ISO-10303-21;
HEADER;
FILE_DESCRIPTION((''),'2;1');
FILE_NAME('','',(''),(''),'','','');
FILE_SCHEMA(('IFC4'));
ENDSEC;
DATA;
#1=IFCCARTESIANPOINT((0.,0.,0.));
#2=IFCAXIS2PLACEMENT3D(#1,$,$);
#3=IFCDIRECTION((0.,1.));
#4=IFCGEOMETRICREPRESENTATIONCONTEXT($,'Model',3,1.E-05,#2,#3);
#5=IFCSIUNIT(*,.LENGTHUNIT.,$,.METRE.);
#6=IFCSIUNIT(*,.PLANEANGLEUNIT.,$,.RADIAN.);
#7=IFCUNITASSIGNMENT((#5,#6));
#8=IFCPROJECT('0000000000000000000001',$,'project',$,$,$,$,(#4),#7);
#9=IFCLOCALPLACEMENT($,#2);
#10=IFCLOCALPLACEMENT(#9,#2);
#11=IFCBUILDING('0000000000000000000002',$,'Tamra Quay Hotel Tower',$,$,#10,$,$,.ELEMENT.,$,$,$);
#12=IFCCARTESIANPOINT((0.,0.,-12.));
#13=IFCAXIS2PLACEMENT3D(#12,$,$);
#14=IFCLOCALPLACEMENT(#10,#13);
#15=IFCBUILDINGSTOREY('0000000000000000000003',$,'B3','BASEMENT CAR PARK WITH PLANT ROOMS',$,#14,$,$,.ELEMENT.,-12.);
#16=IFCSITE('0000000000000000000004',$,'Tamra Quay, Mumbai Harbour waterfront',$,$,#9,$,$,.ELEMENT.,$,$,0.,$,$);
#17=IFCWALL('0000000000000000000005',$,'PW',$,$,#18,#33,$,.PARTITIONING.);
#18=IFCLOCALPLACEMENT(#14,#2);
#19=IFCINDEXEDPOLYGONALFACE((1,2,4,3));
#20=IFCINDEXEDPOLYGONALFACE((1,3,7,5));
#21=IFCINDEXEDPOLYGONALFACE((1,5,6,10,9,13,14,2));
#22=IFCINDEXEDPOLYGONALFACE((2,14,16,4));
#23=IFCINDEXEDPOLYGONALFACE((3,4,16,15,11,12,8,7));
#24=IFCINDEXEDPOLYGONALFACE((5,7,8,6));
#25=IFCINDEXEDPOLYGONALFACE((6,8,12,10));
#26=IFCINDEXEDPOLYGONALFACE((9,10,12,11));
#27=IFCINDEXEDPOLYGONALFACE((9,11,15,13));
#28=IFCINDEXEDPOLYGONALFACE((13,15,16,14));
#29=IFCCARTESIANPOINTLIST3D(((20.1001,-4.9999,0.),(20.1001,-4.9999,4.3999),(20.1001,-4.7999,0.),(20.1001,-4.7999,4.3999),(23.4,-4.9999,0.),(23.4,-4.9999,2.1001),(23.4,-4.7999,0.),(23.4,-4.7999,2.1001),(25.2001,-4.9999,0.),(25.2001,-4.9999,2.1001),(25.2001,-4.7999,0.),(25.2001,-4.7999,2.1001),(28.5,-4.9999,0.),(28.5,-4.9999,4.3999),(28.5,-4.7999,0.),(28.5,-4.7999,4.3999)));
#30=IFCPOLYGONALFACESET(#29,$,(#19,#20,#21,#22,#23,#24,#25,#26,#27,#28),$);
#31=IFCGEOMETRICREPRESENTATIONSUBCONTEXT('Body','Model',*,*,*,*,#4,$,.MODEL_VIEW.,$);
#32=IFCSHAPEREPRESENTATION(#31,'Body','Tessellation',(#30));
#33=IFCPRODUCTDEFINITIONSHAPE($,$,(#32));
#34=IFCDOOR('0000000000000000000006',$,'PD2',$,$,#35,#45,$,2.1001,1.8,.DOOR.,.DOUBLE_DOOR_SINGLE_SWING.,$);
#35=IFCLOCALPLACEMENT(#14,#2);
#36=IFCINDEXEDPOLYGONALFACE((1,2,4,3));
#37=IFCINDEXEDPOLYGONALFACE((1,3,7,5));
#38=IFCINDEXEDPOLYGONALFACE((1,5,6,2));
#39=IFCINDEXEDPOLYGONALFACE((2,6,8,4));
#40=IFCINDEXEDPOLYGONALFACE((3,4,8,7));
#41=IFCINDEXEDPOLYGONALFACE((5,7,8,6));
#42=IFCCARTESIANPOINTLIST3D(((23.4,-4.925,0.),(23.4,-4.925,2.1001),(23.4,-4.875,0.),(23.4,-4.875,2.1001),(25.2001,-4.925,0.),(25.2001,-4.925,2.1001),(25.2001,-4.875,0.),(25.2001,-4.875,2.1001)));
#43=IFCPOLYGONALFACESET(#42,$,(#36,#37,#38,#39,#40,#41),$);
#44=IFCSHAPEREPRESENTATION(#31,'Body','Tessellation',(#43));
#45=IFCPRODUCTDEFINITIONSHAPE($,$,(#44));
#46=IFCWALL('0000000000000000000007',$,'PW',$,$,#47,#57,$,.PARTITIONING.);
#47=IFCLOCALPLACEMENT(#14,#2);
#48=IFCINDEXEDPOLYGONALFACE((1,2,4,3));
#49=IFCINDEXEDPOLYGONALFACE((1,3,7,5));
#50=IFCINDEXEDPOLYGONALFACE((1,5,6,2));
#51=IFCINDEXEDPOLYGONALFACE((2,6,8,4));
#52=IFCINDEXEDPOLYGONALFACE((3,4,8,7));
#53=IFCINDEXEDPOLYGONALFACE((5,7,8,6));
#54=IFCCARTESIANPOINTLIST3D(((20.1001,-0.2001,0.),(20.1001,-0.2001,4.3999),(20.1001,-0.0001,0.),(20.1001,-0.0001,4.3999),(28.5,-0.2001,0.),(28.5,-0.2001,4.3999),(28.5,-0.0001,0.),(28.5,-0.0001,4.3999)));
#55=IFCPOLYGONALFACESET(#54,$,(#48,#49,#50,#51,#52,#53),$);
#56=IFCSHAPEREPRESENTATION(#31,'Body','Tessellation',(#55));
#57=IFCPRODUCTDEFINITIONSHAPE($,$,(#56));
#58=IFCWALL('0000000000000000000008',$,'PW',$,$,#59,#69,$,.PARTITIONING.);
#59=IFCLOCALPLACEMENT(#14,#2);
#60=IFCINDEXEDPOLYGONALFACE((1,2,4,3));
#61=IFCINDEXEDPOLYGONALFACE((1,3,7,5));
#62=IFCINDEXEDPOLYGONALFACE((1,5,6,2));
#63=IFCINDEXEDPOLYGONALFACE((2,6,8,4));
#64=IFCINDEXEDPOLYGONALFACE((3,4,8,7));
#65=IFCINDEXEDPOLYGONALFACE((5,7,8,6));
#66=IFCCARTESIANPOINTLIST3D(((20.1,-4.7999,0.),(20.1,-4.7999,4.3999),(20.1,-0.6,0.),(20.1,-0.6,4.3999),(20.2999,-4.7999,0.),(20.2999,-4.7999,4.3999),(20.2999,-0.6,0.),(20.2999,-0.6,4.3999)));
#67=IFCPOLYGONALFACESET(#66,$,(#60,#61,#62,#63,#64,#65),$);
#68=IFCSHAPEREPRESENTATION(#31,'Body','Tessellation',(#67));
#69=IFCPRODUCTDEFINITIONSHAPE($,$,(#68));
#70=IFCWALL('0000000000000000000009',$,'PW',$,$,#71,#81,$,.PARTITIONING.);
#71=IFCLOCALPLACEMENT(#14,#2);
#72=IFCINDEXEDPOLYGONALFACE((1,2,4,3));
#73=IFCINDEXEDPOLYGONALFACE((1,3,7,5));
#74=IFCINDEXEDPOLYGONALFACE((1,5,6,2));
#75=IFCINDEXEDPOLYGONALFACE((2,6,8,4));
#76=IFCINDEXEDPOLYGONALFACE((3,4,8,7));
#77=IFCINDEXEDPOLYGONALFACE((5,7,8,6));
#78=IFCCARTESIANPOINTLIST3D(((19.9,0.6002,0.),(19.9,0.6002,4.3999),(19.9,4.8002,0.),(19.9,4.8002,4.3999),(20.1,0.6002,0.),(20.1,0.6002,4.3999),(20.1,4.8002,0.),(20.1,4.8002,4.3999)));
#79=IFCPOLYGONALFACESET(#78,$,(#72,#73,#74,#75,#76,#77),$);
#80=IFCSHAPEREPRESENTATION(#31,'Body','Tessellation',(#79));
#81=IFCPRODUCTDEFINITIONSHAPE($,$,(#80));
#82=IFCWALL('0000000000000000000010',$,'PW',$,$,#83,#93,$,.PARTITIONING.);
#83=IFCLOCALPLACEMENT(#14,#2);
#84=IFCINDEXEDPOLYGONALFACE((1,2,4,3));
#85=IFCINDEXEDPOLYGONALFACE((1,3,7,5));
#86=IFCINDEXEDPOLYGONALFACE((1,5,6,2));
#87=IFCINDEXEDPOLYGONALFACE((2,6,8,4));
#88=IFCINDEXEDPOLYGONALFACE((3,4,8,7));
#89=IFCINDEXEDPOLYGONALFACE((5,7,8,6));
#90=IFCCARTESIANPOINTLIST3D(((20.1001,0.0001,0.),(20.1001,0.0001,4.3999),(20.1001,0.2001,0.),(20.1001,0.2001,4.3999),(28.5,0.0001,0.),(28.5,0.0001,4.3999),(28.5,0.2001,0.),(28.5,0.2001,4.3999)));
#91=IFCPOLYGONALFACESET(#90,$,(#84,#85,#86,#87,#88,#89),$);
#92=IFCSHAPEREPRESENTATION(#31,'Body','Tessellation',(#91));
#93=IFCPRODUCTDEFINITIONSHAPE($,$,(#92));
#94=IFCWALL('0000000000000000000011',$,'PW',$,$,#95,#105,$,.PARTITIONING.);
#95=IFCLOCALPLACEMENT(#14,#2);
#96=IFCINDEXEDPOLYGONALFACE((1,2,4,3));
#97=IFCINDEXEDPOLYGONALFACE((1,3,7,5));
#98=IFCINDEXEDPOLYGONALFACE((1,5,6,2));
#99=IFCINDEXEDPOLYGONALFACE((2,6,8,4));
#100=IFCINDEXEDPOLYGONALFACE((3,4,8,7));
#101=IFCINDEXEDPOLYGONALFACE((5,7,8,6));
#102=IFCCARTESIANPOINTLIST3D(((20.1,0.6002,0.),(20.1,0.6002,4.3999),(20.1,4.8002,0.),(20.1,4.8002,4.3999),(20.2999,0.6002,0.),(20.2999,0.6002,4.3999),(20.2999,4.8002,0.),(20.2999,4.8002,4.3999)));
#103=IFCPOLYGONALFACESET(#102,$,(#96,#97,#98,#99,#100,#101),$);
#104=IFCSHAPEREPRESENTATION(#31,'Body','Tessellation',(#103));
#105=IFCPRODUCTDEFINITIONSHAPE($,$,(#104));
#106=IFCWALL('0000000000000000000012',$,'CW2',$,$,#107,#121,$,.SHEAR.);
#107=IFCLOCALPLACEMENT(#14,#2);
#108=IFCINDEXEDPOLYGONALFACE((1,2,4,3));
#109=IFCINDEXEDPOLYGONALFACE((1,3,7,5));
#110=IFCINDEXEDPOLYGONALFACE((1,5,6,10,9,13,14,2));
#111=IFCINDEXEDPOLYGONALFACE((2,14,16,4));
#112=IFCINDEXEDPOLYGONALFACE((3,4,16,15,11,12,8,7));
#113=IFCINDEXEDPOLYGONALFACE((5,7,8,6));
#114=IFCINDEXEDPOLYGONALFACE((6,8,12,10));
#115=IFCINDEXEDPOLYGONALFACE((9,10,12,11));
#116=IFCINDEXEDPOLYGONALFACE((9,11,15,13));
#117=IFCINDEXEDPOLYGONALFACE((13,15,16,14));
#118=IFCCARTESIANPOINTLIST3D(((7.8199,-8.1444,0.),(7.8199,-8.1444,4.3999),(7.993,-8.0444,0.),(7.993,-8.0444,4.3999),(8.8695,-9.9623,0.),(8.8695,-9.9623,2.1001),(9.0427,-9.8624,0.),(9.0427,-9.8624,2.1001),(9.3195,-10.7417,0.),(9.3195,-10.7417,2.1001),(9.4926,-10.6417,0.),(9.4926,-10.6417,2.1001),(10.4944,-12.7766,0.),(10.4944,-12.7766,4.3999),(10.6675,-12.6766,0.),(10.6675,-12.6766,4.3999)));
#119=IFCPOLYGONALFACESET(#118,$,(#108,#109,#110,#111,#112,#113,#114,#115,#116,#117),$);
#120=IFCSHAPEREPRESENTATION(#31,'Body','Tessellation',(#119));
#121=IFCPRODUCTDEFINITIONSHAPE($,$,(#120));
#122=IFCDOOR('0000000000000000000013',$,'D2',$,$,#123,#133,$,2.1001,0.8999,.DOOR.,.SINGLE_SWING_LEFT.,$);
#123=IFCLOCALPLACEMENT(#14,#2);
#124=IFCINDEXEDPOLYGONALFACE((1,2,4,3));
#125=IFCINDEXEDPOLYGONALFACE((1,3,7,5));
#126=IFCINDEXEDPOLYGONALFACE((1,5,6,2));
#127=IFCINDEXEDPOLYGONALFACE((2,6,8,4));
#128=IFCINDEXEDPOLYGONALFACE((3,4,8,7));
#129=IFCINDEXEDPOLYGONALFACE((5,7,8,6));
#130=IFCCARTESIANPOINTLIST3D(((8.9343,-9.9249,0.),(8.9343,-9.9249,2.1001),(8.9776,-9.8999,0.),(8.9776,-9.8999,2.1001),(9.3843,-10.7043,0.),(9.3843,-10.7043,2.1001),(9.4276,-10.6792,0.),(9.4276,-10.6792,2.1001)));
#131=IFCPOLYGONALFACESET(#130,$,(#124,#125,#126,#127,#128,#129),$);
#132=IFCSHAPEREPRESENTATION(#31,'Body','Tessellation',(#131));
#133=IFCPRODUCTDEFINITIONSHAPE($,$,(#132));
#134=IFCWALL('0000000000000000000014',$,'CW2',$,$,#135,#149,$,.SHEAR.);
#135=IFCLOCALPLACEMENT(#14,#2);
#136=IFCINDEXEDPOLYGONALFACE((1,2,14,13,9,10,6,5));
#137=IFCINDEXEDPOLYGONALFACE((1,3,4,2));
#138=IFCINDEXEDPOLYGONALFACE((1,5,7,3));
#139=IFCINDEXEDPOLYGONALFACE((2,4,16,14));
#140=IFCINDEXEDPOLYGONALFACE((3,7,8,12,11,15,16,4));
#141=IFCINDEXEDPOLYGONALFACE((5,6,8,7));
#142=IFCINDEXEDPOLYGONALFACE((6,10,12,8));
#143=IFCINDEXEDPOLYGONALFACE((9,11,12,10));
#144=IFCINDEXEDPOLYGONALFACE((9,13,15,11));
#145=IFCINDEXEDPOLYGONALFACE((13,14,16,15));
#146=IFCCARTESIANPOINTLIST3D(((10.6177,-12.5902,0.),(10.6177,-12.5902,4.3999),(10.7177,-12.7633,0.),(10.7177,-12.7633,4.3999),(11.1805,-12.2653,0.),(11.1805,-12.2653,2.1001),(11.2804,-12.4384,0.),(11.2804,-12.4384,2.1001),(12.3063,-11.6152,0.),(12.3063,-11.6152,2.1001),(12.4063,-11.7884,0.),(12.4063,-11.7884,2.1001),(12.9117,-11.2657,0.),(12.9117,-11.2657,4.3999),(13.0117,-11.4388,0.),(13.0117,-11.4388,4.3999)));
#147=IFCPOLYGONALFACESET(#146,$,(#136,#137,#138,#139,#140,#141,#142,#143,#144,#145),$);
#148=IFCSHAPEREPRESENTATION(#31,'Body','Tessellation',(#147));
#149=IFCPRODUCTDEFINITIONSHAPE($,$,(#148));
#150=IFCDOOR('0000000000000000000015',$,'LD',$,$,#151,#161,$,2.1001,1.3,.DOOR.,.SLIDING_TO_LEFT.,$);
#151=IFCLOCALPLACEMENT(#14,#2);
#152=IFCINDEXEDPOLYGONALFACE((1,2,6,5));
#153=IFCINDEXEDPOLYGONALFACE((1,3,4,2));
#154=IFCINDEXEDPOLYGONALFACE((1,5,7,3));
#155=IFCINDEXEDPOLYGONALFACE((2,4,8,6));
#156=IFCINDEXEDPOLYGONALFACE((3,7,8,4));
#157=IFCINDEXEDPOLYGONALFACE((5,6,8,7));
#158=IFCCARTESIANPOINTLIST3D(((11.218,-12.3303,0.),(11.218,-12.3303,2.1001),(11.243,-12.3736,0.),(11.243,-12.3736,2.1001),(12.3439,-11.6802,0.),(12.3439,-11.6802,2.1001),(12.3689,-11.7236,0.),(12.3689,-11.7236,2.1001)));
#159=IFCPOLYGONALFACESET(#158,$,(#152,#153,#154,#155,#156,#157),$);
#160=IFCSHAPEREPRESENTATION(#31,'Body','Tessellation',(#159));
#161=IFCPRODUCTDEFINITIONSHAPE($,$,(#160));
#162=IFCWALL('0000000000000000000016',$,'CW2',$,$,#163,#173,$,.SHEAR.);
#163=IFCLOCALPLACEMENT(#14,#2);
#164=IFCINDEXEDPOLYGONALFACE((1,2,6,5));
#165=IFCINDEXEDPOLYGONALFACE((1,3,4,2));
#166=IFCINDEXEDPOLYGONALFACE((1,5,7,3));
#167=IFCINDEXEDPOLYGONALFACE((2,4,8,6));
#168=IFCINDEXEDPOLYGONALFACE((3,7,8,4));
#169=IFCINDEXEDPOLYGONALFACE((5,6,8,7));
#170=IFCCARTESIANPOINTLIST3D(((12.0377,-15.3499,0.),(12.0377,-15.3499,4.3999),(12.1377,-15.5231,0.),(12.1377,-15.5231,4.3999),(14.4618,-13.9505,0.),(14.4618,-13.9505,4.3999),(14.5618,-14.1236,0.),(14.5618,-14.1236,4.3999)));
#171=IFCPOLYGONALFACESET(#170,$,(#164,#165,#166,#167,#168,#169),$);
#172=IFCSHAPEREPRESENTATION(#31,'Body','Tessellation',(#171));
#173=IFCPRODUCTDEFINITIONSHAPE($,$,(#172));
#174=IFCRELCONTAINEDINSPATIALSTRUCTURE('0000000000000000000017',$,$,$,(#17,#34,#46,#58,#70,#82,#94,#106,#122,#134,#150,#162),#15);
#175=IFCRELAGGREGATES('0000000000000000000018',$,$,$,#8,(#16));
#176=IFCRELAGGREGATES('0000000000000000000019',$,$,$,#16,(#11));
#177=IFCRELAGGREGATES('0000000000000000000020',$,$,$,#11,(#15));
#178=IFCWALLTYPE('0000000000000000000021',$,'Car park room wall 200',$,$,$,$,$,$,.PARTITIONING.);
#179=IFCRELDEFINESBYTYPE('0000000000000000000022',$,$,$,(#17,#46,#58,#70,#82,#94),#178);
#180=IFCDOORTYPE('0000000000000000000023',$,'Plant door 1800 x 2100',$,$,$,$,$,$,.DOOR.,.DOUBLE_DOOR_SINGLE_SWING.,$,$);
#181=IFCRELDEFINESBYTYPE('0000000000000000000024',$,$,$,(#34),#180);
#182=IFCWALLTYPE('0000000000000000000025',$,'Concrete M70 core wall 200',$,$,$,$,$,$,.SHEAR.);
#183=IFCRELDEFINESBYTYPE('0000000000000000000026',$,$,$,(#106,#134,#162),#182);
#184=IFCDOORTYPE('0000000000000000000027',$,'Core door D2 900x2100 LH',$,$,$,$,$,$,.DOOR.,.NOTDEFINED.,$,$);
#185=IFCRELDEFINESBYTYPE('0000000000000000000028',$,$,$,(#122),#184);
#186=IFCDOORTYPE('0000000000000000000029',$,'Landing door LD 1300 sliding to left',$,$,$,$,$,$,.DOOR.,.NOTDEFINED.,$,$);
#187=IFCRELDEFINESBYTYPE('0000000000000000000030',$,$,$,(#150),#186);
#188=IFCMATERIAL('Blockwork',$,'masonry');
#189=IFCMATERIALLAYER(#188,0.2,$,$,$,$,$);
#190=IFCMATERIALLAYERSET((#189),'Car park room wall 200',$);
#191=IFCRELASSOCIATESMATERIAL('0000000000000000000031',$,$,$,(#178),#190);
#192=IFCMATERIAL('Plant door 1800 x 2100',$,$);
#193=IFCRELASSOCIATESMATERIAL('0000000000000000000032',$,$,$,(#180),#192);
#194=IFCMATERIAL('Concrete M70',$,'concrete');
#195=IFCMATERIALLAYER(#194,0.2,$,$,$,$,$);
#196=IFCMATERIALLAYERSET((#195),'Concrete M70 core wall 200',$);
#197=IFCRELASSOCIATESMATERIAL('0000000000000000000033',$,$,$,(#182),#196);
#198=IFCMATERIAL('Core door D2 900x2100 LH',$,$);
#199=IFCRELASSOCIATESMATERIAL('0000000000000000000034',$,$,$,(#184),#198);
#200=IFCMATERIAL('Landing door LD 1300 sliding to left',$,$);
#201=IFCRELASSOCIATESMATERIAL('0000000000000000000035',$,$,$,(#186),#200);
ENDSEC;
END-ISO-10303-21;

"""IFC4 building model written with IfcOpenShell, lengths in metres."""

from ifc_helpers import new_model, si_unit, direction, frame, frame_2d, origin, place, context, subcontext, project, spatial, rectangle, extrude, material, layer, layer_set, type_object, element, fill, save


model = new_model("IFC4")

# Units and contexts
model_context = context("Model", 3, precision=1e-05, world=origin(), true_north=direction((0.0, 1.0)))
body_context = subcontext(model_context, "Body", "Model", "MODEL_VIEW")
ifc_project = project(units=[si_unit("LENGTHUNIT", "METRE"), si_unit("PLANEANGLEUNIT", "RADIAN")], contexts=[model_context])

# Site, building, storey
site_placement = place(None, origin())
site = spatial("IfcSite", under=ifc_project, at=site_placement, Name="Tamra Quay, Mumbai Harbour waterfront", CompositionType="ELEMENT", RefElevation=0.0)
building_placement = place(site_placement, origin())
building = spatial("IfcBuilding", under=site, at=building_placement, Name="Tamra Quay Hotel Tower", CompositionType="ELEMENT")
storey_placement = place(building_placement, frame((0.0, 0.0, -12.0)))
storey = spatial("IfcBuildingStorey", under=building, at=storey_placement, Name="B3", Description="BASEMENT CAR PARK WITH PLANT ROOMS", CompositionType="ELEMENT", Elevation=-12.0)

# Shared definitions
ifc_material_1 = material(Name="Concrete M70", Category="concrete")

# Shared definitions
ifc_material_2 = material(Name="Blockwork", Category="masonry")
ifc_layer_1 = layer(ifc_material_2, 0.2)
ifc_layer_set_1 = layer_set([ifc_layer_1], Name="Car park room wall 200")
wall_type_1 = type_object("IfcWallType", Name="Car park room wall 200", PredefinedType="PARTITIONING", material=ifc_layer_set_1)

# Wall, opening, door
wall_1_placement = place(storey_placement, frame((20.1001, -4.8999, 0.0), z_axis=(0.0, 0.0, 1.0), x_axis=(1.0, 0.0, 0.0)))
wall_1 = element("IfcWall", 1, at=wall_1_placement, inside=storey, type_object=wall_type_1, Name="PW", PredefinedType="PARTITIONING", context=body_context, shape_type="SweptSolid", body=[
    extrude(rectangle(XDim=8.3999, YDim=0.2, at=frame_2d((4.2, 0.0))), origin(), (0.0, 0.0, 1.0), 4.3999),
])
opening_1_placement = place(wall_1_placement, frame((3.3, 0.0, 0.0)))
opening_1 = element("IfcOpeningElement", 2, at=opening_1_placement, cuts=wall_1, PredefinedType="OPENING", context=body_context, shape_type="SweptSolid", body=[
    extrude(rectangle(XDim=1.8, YDim=2.1001, at=frame_2d((0.8999, 1.05))), frame((0.0, 0.1099, 0.0), z_axis=(0.0, -1.0, 0.0), x_axis=(1.0, 0.0, 0.0)), (0.0, 0.0, 1.0), 0.22),
])
ifc_material_3 = material(Name="Plant door 1800 x 2100")
door_type_1 = type_object("IfcDoorType", Name="Plant door 1800 x 2100", OperationType="DOUBLE_DOOR_SINGLE_SWING", PredefinedType="DOOR", material=ifc_material_3)
door_1_placement = place(opening_1_placement, origin())
door_1 = element("IfcDoor", 3, at=door_1_placement, inside=storey, type_object=door_type_1, Name="PD2", OperationType="DOUBLE_DOOR_SINGLE_SWING", OverallHeight=2.1001, OverallWidth=1.8, PredefinedType="DOOR", context=body_context, shape_type="SweptSolid", body=[
    extrude(rectangle(XDim=1.8, YDim=2.1001, at=frame_2d((0.8999, 1.05))), frame((0.0, 0.0249, 0.0), z_axis=(0.0, -1.0, 0.0), x_axis=(1.0, 0.0, 0.0)), (0.0, 0.0, 1.0), 0.05),
])
fill(opening_1, door_1)

# Walls
wall_2_placement = place(storey_placement, frame((20.1001, -0.1001, 0.0), z_axis=(0.0, 0.0, 1.0), x_axis=(1.0, 0.0, 0.0)))
element("IfcWall", 4, at=wall_2_placement, inside=storey, type_object=wall_type_1, Name="PW", PredefinedType="PARTITIONING", context=body_context, shape_type="SweptSolid", body=[
    extrude(rectangle(XDim=8.3999, YDim=0.2, at=frame_2d((4.2, 0.0))), origin(), (0.0, 0.0, 1.0), 4.3999),
])
for number, where, z_axis, x_axis, name in (
    (5, (20.2, -4.8, 0.0), (0.0, 0.0, 1.0), (0.0, 1.0, 0.0), "PW"),
    (6, (20.0, 0.6001, 0.0), (0.0, 0.0, 1.0), (0.0, 1.0, 0.0), "PW"),
):
    element("IfcWall", number, at=place(storey_placement, frame(where, z_axis=z_axis, x_axis=x_axis)), inside=storey, type_object=wall_type_1, Name=name, PredefinedType="PARTITIONING", context=body_context, shape_type="SweptSolid", body=[
        extrude(rectangle(XDim=4.2, YDim=0.2, at=frame_2d((2.1001, 0.0))), origin(), (0.0, 0.0, 1.0), 4.3999),
    ])
wall_3_placement = place(storey_placement, frame((20.1001, 0.1001, 0.0), z_axis=(0.0, 0.0, 1.0), x_axis=(1.0, 0.0, 0.0)))
element("IfcWall", 7, at=wall_3_placement, inside=storey, type_object=wall_type_1, Name="PW", PredefinedType="PARTITIONING", context=body_context, shape_type="SweptSolid", body=[
    extrude(rectangle(XDim=8.3999, YDim=0.2, at=frame_2d((4.2, 0.0))), origin(), (0.0, 0.0, 1.0), 4.3999),
])
wall_4_placement = place(storey_placement, frame((20.2, 0.6001, 0.0), z_axis=(0.0, 0.0, 1.0), x_axis=(0.0, 1.0, 0.0)))
element("IfcWall", 8, at=wall_4_placement, inside=storey, type_object=wall_type_1, Name="PW", PredefinedType="PARTITIONING", context=body_context, shape_type="SweptSolid", body=[
    extrude(rectangle(XDim=4.2, YDim=0.2, at=frame_2d((2.1001, 0.0))), origin(), (0.0, 0.0, 1.0), 4.3999),
])

# Walls, openings, doors
ifc_layer_2 = layer(ifc_material_1, 0.2)
ifc_layer_set_2 = layer_set([ifc_layer_2], Name="Concrete M70 core wall 200")
wall_type_2 = type_object("IfcWallType", Name="Concrete M70 core wall 200", PredefinedType="SHEAR", material=ifc_layer_set_2)
wall_5_placement = place(storey_placement, frame((7.9065, -8.0945, 0.0), z_axis=(0.0, 0.0, 1.0), x_axis=(0.500012, -0.866018, 0.0)))
wall_5 = element("IfcWall", 9, at=wall_5_placement, inside=storey, type_object=wall_type_2, Name="CW2", PredefinedType="SHEAR", context=body_context, shape_type="SweptSolid", body=[
    extrude(rectangle(XDim=5.3489, YDim=0.2, at=frame_2d((2.6743, 0.0))), origin(), (0.0, 0.0, 1.0), 4.3999),
])
opening_2_placement = place(wall_5_placement, frame((2.0991, 0.0, 0.0)))
opening_2 = element("IfcOpeningElement", 10, at=opening_2_placement, cuts=wall_5, PredefinedType="OPENING", context=body_context, shape_type="SweptSolid", body=[
    extrude(rectangle(XDim=0.8999, YDim=2.1001, at=frame_2d((0.45, 1.05))), frame((0.0, 0.1099, 0.0), z_axis=(0.0, -1.0, 0.0), x_axis=(1.0, 0.0, 0.0)), (0.0, 0.0, 1.0), 0.22),
])
ifc_material_4 = material(Name="Core door D2 900x2100 LH")
door_type_2 = type_object("IfcDoorType", Name="Core door D2 900x2100 LH", OperationType="NOTDEFINED", PredefinedType="DOOR", material=ifc_material_4)
door_2_placement = place(opening_2_placement, origin())
door_2 = element("IfcDoor", 11, at=door_2_placement, inside=storey, type_object=door_type_2, Name="D2", OperationType="SINGLE_SWING_LEFT", OverallHeight=2.1001, OverallWidth=0.8999, PredefinedType="DOOR", context=body_context, shape_type="SweptSolid", body=[
    extrude(rectangle(XDim=0.8999, YDim=2.1001, at=frame_2d((0.45, 1.05))), frame((0.0, 0.0249, 0.0), z_axis=(0.0, -1.0, 0.0), x_axis=(1.0, 0.0, 0.0)), (0.0, 0.0, 1.0), 0.05),
])
fill(opening_2, door_2)
wall_6_placement = place(storey_placement, frame((10.6677, -12.6768, 0.0), z_axis=(0.0, 0.0, 1.0), x_axis=(0.866017, 0.500015, 0.0)))
wall_6 = element("IfcWall", 12, at=wall_6_placement, inside=storey, type_object=wall_type_2, Name="CW2", PredefinedType="SHEAR", context=body_context, shape_type="SweptSolid", body=[
    extrude(rectangle(XDim=2.6489, YDim=0.2, at=frame_2d((1.3245, 0.0))), origin(), (0.0, 0.0, 1.0), 4.3999),
])
opening_3_placement = place(wall_6_placement, frame((0.6499, 0.0, 0.0)))
opening_3 = element("IfcOpeningElement", 13, at=opening_3_placement, cuts=wall_6, PredefinedType="OPENING", context=body_context, shape_type="SweptSolid", body=[
    extrude(rectangle(XDim=1.3, YDim=2.1001, at=frame_2d((0.6499, 1.05))), frame((0.0, 0.1099, 0.0), z_axis=(0.0, -1.0, 0.0), x_axis=(1.0, 0.0, 0.0)), (0.0, 0.0, 1.0), 0.22),
])
ifc_material_5 = material(Name="Landing door LD 1300 sliding to left")
door_type_3 = type_object("IfcDoorType", Name="Landing door LD 1300 sliding to left", OperationType="NOTDEFINED", PredefinedType="DOOR", material=ifc_material_5)
door_3_placement = place(opening_3_placement, origin())
door_3 = element("IfcDoor", 14, at=door_3_placement, inside=storey, type_object=door_type_3, Name="LD", OperationType="SLIDING_TO_LEFT", OverallHeight=2.1001, OverallWidth=1.3, PredefinedType="DOOR", context=body_context, shape_type="SweptSolid", body=[
    extrude(rectangle(XDim=1.3, YDim=2.1001, at=frame_2d((0.6499, 1.05))), frame((0.0, 0.0249, 0.0), z_axis=(0.0, -1.0, 0.0), x_axis=(1.0, 0.0, 0.0)), (0.0, 0.0, 1.0), 0.05),
])
fill(opening_3, door_3)

# Wall
wall_7_placement = place(storey_placement, frame((14.5117, -14.0371, 0.0), z_axis=(0.0, 0.0, 1.0), x_axis=(-0.866045, -0.499967, 0.0)))
element("IfcWall", 15, at=wall_7_placement, inside=storey, type_object=wall_type_2, Name="CW2", PredefinedType="SHEAR", context=body_context, shape_type="SweptSolid", body=[
    extrude(rectangle(XDim=2.7991, YDim=0.2, at=frame_2d((1.3994, 0.0))), origin(), (0.0, 0.0, 1.0), 4.3999),
])

save(model, "model.ifc")
